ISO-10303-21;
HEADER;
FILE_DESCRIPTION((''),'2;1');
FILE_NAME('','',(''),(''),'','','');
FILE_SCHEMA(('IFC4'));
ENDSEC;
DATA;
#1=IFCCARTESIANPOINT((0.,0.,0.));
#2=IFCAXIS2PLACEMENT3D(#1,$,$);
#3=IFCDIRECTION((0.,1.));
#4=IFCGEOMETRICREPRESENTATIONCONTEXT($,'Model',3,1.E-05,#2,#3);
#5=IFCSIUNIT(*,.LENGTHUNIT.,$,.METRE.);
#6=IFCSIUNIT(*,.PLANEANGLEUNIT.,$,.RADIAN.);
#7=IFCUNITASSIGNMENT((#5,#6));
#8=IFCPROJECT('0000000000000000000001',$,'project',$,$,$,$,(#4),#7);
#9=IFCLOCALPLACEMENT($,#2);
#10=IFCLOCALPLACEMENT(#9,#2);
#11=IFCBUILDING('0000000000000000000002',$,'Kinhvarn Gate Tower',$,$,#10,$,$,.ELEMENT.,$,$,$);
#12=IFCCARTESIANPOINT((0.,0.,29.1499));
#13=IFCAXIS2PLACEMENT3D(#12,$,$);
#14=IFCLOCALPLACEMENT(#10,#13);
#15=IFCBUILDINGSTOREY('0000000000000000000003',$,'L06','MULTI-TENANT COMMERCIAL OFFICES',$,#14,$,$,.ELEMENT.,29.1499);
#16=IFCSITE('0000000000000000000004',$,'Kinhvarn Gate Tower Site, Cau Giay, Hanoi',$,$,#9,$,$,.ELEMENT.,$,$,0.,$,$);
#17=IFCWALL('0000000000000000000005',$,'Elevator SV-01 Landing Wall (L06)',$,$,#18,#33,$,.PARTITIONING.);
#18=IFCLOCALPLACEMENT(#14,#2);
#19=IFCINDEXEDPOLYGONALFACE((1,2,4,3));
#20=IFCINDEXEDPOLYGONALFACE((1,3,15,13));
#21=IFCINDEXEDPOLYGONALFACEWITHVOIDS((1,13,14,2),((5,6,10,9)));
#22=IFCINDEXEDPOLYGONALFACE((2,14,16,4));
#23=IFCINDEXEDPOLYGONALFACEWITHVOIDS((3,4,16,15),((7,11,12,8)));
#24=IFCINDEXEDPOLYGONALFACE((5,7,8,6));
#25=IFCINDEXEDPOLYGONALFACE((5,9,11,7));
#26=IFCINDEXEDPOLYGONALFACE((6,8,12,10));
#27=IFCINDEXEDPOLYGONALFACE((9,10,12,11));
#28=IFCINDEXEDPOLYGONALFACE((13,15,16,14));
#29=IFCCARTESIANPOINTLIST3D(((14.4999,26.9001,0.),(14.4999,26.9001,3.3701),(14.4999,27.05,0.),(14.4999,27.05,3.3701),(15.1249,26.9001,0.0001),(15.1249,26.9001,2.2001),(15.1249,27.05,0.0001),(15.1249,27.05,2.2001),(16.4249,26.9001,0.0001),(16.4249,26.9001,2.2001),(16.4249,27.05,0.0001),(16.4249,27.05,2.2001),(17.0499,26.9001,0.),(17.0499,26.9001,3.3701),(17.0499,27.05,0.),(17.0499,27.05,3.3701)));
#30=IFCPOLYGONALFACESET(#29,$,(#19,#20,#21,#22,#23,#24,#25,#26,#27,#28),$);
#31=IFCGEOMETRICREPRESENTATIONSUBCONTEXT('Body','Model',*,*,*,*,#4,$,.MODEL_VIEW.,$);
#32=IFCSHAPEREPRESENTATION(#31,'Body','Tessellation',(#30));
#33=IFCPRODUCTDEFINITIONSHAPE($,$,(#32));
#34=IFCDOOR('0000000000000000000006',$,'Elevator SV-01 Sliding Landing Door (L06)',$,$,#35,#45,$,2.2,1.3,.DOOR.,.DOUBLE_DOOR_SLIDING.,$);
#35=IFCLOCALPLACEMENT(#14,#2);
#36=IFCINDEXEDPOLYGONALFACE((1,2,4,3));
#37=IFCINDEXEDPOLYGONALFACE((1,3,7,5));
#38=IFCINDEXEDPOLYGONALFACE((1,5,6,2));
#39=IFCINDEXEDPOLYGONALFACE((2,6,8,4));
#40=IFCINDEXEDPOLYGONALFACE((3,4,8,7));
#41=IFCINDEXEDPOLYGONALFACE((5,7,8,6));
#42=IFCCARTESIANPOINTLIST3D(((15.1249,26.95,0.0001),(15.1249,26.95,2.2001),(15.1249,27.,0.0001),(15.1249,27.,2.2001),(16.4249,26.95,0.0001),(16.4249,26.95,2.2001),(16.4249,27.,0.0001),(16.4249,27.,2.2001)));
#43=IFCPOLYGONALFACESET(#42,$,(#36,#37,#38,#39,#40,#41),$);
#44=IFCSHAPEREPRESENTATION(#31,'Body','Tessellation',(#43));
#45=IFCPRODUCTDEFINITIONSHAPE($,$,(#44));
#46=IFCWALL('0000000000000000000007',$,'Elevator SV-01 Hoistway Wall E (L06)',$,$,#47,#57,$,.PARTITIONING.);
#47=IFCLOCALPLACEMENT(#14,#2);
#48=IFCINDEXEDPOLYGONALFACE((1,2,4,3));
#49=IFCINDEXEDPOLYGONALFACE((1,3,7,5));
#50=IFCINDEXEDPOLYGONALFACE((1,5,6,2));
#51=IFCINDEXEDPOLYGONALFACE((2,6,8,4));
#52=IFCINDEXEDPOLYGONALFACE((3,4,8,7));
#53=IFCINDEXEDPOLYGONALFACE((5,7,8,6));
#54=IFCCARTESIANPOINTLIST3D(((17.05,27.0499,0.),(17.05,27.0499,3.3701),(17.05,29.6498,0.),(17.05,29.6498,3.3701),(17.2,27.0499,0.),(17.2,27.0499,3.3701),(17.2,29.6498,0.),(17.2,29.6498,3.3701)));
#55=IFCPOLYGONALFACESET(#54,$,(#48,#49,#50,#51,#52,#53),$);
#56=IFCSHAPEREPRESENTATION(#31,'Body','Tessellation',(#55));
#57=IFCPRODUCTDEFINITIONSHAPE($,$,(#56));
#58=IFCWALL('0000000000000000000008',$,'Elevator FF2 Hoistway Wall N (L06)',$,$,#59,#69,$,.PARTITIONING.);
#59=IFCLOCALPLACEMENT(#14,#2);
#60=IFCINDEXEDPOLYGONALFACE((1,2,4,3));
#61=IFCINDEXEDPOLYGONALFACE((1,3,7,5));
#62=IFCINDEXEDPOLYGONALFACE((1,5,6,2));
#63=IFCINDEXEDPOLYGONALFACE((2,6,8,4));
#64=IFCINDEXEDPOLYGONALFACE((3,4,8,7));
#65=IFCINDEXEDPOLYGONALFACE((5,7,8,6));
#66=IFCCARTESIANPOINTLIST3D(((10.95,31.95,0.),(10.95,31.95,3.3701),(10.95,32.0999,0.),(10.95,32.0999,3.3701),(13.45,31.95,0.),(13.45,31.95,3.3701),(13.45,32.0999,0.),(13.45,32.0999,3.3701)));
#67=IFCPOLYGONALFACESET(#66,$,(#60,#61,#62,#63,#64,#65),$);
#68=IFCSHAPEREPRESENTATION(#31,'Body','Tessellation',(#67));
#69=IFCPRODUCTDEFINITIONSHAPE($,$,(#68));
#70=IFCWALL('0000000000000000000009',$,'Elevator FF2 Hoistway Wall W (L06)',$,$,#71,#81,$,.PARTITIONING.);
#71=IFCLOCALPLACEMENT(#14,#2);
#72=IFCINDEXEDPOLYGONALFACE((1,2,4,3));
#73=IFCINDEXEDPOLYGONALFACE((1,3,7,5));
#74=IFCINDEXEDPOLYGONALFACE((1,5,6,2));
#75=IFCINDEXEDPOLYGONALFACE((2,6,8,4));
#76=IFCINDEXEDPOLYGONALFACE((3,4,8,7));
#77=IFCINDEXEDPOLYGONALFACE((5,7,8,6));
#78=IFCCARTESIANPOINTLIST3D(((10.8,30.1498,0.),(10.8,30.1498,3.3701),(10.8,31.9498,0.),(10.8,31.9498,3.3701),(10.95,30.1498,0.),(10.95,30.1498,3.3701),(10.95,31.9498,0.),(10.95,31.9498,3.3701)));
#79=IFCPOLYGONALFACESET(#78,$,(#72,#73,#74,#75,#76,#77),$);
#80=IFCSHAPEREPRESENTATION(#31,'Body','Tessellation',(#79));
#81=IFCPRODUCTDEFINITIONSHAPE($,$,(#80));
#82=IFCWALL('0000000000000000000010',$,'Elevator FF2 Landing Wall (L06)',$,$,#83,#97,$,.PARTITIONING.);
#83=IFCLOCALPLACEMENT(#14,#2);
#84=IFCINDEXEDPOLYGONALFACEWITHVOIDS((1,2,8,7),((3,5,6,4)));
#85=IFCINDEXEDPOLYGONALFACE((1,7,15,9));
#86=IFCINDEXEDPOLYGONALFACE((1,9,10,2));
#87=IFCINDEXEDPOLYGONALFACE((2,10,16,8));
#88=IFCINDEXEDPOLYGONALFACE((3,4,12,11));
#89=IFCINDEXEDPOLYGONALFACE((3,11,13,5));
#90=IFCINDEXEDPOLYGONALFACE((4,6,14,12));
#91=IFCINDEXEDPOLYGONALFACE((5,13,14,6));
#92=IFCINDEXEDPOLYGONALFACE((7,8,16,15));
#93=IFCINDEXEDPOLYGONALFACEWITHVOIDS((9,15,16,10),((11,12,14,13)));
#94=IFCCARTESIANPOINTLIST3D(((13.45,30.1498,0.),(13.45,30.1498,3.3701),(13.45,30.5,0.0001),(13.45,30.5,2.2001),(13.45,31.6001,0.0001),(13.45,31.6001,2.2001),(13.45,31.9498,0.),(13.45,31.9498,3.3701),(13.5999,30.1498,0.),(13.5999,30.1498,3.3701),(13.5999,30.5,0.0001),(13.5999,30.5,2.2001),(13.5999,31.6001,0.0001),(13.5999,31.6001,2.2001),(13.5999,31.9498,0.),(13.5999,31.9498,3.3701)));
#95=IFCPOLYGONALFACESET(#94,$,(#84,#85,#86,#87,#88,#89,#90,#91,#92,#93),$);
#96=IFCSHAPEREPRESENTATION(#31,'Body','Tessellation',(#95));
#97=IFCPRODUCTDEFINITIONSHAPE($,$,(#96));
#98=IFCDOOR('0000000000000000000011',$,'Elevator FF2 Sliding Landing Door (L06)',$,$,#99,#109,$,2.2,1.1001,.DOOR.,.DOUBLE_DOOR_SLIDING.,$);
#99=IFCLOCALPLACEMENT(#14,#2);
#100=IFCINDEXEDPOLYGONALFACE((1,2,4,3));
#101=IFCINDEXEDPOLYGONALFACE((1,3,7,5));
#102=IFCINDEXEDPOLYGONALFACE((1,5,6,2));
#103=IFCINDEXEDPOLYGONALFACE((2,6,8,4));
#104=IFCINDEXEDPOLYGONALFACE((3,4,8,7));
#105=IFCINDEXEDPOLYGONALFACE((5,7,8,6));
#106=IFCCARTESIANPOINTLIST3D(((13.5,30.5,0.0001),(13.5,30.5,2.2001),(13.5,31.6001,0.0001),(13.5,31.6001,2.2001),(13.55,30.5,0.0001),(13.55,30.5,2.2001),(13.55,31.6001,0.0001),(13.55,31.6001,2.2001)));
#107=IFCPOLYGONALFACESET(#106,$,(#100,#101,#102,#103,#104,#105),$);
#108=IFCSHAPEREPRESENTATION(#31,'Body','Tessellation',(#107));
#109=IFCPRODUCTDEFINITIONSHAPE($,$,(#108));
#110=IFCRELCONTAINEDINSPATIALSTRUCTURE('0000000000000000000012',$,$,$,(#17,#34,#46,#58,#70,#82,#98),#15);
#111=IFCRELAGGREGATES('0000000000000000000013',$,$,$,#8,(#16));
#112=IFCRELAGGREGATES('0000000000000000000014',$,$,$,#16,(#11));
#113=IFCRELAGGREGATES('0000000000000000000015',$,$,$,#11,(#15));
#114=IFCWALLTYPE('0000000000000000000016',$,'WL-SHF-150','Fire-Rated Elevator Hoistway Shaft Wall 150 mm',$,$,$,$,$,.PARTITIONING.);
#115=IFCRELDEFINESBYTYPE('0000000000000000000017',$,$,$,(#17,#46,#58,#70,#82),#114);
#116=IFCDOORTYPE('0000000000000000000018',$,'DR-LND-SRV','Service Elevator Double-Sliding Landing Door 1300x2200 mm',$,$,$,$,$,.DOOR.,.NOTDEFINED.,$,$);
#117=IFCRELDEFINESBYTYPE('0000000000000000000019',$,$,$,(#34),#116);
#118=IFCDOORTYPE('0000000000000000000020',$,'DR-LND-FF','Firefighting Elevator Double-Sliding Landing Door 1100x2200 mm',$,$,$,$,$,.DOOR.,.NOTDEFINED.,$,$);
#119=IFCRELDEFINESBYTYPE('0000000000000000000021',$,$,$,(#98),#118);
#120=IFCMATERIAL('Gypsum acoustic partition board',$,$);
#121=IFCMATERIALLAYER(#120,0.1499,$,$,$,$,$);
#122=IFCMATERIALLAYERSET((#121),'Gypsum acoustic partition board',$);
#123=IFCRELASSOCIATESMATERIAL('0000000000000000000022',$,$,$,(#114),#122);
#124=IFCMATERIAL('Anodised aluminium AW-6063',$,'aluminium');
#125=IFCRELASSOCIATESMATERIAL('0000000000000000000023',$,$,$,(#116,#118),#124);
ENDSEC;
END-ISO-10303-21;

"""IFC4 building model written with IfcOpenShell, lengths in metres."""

from ifc_helpers import new_model, si_unit, direction, frame, frame_2d, origin, place, context, subcontext, project, spatial, rectangle, extrude, material, layer, layer_set, type_object, element, fill, save


model = new_model("IFC4")

# Units and contexts
model_context = context("Model", 3, precision=1e-05, world=origin(), true_north=direction((0.0, 1.0)))
body_context = subcontext(model_context, "Body", "Model", "MODEL_VIEW")
ifc_project = project(units=[si_unit("LENGTHUNIT", "METRE"), si_unit("PLANEANGLEUNIT", "RADIAN")], contexts=[model_context])

# Site, building, storey
site_placement = place(None, origin())
site = spatial("IfcSite", under=ifc_project, at=site_placement, Name="Kinhvarn Gate Tower Site, Cau Giay, Hanoi", CompositionType="ELEMENT", RefElevation=0.0)
building_placement = place(site_placement, origin())
building = spatial("IfcBuilding", under=site, at=building_placement, Name="Kinhvarn Gate Tower", CompositionType="ELEMENT")
storey_placement = place(building_placement, frame((0.0, 0.0, 29.1499)))
storey = spatial("IfcBuildingStorey", under=building, at=storey_placement, Name="L06", Description="MULTI-TENANT COMMERCIAL OFFICES", CompositionType="ELEMENT", Elevation=29.1499)

# Shared definitions
ifc_material_1 = material(Name="Gypsum acoustic partition board")

# Shared definitions
ifc_material_2 = material(Name="Anodised aluminium AW-6063", Category="aluminium")

# Shared definitions
ifc_layer_1 = layer(ifc_material_1, 0.1499)
ifc_layer_set_1 = layer_set([ifc_layer_1], Name="Gypsum acoustic partition board")
wall_type_1 = type_object("IfcWallType", Name="WL-SHF-150", Description="Fire-Rated Elevator Hoistway Shaft Wall 150 mm", PredefinedType="PARTITIONING", material=ifc_layer_set_1)

# Wall, opening, door
wall_1_placement = place(storey_placement, frame((14.5, 26.9751, 0.0), z_axis=(0.0, 0.0, 1.0), x_axis=(1.0, 0.0, 0.0)))
wall_1 = element("IfcWall", 1, at=wall_1_placement, inside=storey, type_object=wall_type_1, Name="Elevator SV-01 Landing Wall (L06)", PredefinedType="PARTITIONING", context=body_context, shape_type="SweptSolid", body=[
    extrude(rectangle(XDim=2.55, YDim=0.1499, at=frame_2d((1.2749, 0.0))), origin(), (0.0, 0.0, 1.0), 3.3701),
])
opening_1_placement = place(wall_1_placement, frame((0.625, 0.0, 0.0)))
opening_1 = element("IfcOpeningElement", 2, at=opening_1_placement, cuts=wall_1, PredefinedType="OPENING", context=body_context, shape_type="SweptSolid", body=[
    extrude(rectangle(XDim=1.3, YDim=2.2, at=frame_2d((0.6499, 1.1001))), frame((0.0, 0.085, 0.0), z_axis=(0.0, -1.0, 0.0), x_axis=(1.0, 0.0, 0.0)), (0.0, 0.0, 1.0), 0.1699),
])
door_type_1 = type_object("IfcDoorType", Name="DR-LND-SRV", Description="Service Elevator Double-Sliding Landing Door 1300x2200 mm", OperationType="NOTDEFINED", PredefinedType="DOOR", material=ifc_material_2)
door_1_placement = place(opening_1_placement, origin())
door_1 = element("IfcDoor", 3, at=door_1_placement, inside=storey, type_object=door_type_1, Name="Elevator SV-01 Sliding Landing Door (L06)", OperationType="DOUBLE_DOOR_SLIDING", OverallHeight=2.2, OverallWidth=1.3, PredefinedType="DOOR", context=body_context, shape_type="SweptSolid", body=[
    extrude(rectangle(XDim=1.3, YDim=2.2, at=frame_2d((0.6499, 1.1001))), frame((0.0, 0.0249, 0.0), z_axis=(0.0, -1.0, 0.0), x_axis=(1.0, 0.0, 0.0)), (0.0, 0.0, 1.0), 0.05),
])
fill(opening_1, door_1)

# Walls
wall_2_placement = place(storey_placement, frame((17.125, 27.05, 0.0), z_axis=(0.0, 0.0, 1.0), x_axis=(0.0, 1.0, 0.0)))
element("IfcWall", 4, at=wall_2_placement, inside=storey, type_object=wall_type_1, Name="Elevator SV-01 Hoistway Wall E (L06)", PredefinedType="PARTITIONING", context=body_context, shape_type="SweptSolid", body=[
    extrude(rectangle(XDim=2.5999, YDim=0.1499, at=frame_2d((1.2998, 0.0))), origin(), (0.0, 0.0, 1.0), 3.3701),
])
wall_3_placement = place(storey_placement, frame((10.95, 32.0249, 0.0), z_axis=(0.0, 0.0, 1.0), x_axis=(1.0, 0.0, 0.0)))
element("IfcWall", 5, at=wall_3_placement, inside=storey, type_object=wall_type_1, Name="Elevator FF2 Hoistway Wall N (L06)", PredefinedType="PARTITIONING", context=body_context, shape_type="SweptSolid", body=[
    extrude(rectangle(XDim=2.5, YDim=0.1499, at=frame_2d((1.25, 0.0))), origin(), (0.0, 0.0, 1.0), 3.3701),
])
wall_4_placement = place(storey_placement, frame((10.875, 30.1499, 0.0), z_axis=(0.0, 0.0, 1.0), x_axis=(0.0, 1.0, 0.0)))
element("IfcWall", 6, at=wall_4_placement, inside=storey, type_object=wall_type_1, Name="Elevator FF2 Hoistway Wall W (L06)", PredefinedType="PARTITIONING", context=body_context, shape_type="SweptSolid", body=[
    extrude(rectangle(XDim=1.8, YDim=0.1499, at=frame_2d((0.8999, 0.0))), origin(), (0.0, 0.0, 1.0), 3.3701),
])

# Wall, opening, door
wall_5_placement = place(storey_placement, frame((13.5249, 30.1499, 0.0), z_axis=(0.0, 0.0, 1.0), x_axis=(0.0, 1.0, 0.0)))
wall_5 = element("IfcWall", 7, at=wall_5_placement, inside=storey, type_object=wall_type_1, Name="Elevator FF2 Landing Wall (L06)", PredefinedType="PARTITIONING", context=body_context, shape_type="SweptSolid", body=[
    extrude(rectangle(XDim=1.8, YDim=0.1499, at=frame_2d((0.8999, 0.0))), origin(), (0.0, 0.0, 1.0), 3.3701),
])
opening_2_placement = place(wall_5_placement, frame((0.3501, 0.0, 0.0)))
opening_2 = element("IfcOpeningElement", 8, at=opening_2_placement, cuts=wall_5, PredefinedType="OPENING", context=body_context, shape_type="SweptSolid", body=[
    extrude(rectangle(XDim=1.1001, YDim=2.2, at=frame_2d((0.55, 1.1001))), frame((0.0, 0.085, 0.0), z_axis=(0.0, -1.0, 0.0), x_axis=(1.0, 0.0, 0.0)), (0.0, 0.0, 1.0), 0.1699),
])
door_type_2 = type_object("IfcDoorType", Name="DR-LND-FF", Description="Firefighting Elevator Double-Sliding Landing Door 1100x2200 mm", OperationType="NOTDEFINED", PredefinedType="DOOR", material=ifc_material_2)
door_2_placement = place(opening_2_placement, origin())
door_2 = element("IfcDoor", 9, at=door_2_placement, inside=storey, type_object=door_type_2, Name="Elevator FF2 Sliding Landing Door (L06)", OperationType="DOUBLE_DOOR_SLIDING", OverallHeight=2.2, OverallWidth=1.1001, PredefinedType="DOOR", context=body_context, shape_type="SweptSolid", body=[
    extrude(rectangle(XDim=1.1001, YDim=2.2, at=frame_2d((0.55, 1.1001))), frame((0.0, 0.0249, 0.0), z_axis=(0.0, -1.0, 0.0), x_axis=(1.0, 0.0, 0.0)), (0.0, 0.0, 1.0), 0.05),
])
fill(opening_2, door_2)

save(model, "model.ifc")
